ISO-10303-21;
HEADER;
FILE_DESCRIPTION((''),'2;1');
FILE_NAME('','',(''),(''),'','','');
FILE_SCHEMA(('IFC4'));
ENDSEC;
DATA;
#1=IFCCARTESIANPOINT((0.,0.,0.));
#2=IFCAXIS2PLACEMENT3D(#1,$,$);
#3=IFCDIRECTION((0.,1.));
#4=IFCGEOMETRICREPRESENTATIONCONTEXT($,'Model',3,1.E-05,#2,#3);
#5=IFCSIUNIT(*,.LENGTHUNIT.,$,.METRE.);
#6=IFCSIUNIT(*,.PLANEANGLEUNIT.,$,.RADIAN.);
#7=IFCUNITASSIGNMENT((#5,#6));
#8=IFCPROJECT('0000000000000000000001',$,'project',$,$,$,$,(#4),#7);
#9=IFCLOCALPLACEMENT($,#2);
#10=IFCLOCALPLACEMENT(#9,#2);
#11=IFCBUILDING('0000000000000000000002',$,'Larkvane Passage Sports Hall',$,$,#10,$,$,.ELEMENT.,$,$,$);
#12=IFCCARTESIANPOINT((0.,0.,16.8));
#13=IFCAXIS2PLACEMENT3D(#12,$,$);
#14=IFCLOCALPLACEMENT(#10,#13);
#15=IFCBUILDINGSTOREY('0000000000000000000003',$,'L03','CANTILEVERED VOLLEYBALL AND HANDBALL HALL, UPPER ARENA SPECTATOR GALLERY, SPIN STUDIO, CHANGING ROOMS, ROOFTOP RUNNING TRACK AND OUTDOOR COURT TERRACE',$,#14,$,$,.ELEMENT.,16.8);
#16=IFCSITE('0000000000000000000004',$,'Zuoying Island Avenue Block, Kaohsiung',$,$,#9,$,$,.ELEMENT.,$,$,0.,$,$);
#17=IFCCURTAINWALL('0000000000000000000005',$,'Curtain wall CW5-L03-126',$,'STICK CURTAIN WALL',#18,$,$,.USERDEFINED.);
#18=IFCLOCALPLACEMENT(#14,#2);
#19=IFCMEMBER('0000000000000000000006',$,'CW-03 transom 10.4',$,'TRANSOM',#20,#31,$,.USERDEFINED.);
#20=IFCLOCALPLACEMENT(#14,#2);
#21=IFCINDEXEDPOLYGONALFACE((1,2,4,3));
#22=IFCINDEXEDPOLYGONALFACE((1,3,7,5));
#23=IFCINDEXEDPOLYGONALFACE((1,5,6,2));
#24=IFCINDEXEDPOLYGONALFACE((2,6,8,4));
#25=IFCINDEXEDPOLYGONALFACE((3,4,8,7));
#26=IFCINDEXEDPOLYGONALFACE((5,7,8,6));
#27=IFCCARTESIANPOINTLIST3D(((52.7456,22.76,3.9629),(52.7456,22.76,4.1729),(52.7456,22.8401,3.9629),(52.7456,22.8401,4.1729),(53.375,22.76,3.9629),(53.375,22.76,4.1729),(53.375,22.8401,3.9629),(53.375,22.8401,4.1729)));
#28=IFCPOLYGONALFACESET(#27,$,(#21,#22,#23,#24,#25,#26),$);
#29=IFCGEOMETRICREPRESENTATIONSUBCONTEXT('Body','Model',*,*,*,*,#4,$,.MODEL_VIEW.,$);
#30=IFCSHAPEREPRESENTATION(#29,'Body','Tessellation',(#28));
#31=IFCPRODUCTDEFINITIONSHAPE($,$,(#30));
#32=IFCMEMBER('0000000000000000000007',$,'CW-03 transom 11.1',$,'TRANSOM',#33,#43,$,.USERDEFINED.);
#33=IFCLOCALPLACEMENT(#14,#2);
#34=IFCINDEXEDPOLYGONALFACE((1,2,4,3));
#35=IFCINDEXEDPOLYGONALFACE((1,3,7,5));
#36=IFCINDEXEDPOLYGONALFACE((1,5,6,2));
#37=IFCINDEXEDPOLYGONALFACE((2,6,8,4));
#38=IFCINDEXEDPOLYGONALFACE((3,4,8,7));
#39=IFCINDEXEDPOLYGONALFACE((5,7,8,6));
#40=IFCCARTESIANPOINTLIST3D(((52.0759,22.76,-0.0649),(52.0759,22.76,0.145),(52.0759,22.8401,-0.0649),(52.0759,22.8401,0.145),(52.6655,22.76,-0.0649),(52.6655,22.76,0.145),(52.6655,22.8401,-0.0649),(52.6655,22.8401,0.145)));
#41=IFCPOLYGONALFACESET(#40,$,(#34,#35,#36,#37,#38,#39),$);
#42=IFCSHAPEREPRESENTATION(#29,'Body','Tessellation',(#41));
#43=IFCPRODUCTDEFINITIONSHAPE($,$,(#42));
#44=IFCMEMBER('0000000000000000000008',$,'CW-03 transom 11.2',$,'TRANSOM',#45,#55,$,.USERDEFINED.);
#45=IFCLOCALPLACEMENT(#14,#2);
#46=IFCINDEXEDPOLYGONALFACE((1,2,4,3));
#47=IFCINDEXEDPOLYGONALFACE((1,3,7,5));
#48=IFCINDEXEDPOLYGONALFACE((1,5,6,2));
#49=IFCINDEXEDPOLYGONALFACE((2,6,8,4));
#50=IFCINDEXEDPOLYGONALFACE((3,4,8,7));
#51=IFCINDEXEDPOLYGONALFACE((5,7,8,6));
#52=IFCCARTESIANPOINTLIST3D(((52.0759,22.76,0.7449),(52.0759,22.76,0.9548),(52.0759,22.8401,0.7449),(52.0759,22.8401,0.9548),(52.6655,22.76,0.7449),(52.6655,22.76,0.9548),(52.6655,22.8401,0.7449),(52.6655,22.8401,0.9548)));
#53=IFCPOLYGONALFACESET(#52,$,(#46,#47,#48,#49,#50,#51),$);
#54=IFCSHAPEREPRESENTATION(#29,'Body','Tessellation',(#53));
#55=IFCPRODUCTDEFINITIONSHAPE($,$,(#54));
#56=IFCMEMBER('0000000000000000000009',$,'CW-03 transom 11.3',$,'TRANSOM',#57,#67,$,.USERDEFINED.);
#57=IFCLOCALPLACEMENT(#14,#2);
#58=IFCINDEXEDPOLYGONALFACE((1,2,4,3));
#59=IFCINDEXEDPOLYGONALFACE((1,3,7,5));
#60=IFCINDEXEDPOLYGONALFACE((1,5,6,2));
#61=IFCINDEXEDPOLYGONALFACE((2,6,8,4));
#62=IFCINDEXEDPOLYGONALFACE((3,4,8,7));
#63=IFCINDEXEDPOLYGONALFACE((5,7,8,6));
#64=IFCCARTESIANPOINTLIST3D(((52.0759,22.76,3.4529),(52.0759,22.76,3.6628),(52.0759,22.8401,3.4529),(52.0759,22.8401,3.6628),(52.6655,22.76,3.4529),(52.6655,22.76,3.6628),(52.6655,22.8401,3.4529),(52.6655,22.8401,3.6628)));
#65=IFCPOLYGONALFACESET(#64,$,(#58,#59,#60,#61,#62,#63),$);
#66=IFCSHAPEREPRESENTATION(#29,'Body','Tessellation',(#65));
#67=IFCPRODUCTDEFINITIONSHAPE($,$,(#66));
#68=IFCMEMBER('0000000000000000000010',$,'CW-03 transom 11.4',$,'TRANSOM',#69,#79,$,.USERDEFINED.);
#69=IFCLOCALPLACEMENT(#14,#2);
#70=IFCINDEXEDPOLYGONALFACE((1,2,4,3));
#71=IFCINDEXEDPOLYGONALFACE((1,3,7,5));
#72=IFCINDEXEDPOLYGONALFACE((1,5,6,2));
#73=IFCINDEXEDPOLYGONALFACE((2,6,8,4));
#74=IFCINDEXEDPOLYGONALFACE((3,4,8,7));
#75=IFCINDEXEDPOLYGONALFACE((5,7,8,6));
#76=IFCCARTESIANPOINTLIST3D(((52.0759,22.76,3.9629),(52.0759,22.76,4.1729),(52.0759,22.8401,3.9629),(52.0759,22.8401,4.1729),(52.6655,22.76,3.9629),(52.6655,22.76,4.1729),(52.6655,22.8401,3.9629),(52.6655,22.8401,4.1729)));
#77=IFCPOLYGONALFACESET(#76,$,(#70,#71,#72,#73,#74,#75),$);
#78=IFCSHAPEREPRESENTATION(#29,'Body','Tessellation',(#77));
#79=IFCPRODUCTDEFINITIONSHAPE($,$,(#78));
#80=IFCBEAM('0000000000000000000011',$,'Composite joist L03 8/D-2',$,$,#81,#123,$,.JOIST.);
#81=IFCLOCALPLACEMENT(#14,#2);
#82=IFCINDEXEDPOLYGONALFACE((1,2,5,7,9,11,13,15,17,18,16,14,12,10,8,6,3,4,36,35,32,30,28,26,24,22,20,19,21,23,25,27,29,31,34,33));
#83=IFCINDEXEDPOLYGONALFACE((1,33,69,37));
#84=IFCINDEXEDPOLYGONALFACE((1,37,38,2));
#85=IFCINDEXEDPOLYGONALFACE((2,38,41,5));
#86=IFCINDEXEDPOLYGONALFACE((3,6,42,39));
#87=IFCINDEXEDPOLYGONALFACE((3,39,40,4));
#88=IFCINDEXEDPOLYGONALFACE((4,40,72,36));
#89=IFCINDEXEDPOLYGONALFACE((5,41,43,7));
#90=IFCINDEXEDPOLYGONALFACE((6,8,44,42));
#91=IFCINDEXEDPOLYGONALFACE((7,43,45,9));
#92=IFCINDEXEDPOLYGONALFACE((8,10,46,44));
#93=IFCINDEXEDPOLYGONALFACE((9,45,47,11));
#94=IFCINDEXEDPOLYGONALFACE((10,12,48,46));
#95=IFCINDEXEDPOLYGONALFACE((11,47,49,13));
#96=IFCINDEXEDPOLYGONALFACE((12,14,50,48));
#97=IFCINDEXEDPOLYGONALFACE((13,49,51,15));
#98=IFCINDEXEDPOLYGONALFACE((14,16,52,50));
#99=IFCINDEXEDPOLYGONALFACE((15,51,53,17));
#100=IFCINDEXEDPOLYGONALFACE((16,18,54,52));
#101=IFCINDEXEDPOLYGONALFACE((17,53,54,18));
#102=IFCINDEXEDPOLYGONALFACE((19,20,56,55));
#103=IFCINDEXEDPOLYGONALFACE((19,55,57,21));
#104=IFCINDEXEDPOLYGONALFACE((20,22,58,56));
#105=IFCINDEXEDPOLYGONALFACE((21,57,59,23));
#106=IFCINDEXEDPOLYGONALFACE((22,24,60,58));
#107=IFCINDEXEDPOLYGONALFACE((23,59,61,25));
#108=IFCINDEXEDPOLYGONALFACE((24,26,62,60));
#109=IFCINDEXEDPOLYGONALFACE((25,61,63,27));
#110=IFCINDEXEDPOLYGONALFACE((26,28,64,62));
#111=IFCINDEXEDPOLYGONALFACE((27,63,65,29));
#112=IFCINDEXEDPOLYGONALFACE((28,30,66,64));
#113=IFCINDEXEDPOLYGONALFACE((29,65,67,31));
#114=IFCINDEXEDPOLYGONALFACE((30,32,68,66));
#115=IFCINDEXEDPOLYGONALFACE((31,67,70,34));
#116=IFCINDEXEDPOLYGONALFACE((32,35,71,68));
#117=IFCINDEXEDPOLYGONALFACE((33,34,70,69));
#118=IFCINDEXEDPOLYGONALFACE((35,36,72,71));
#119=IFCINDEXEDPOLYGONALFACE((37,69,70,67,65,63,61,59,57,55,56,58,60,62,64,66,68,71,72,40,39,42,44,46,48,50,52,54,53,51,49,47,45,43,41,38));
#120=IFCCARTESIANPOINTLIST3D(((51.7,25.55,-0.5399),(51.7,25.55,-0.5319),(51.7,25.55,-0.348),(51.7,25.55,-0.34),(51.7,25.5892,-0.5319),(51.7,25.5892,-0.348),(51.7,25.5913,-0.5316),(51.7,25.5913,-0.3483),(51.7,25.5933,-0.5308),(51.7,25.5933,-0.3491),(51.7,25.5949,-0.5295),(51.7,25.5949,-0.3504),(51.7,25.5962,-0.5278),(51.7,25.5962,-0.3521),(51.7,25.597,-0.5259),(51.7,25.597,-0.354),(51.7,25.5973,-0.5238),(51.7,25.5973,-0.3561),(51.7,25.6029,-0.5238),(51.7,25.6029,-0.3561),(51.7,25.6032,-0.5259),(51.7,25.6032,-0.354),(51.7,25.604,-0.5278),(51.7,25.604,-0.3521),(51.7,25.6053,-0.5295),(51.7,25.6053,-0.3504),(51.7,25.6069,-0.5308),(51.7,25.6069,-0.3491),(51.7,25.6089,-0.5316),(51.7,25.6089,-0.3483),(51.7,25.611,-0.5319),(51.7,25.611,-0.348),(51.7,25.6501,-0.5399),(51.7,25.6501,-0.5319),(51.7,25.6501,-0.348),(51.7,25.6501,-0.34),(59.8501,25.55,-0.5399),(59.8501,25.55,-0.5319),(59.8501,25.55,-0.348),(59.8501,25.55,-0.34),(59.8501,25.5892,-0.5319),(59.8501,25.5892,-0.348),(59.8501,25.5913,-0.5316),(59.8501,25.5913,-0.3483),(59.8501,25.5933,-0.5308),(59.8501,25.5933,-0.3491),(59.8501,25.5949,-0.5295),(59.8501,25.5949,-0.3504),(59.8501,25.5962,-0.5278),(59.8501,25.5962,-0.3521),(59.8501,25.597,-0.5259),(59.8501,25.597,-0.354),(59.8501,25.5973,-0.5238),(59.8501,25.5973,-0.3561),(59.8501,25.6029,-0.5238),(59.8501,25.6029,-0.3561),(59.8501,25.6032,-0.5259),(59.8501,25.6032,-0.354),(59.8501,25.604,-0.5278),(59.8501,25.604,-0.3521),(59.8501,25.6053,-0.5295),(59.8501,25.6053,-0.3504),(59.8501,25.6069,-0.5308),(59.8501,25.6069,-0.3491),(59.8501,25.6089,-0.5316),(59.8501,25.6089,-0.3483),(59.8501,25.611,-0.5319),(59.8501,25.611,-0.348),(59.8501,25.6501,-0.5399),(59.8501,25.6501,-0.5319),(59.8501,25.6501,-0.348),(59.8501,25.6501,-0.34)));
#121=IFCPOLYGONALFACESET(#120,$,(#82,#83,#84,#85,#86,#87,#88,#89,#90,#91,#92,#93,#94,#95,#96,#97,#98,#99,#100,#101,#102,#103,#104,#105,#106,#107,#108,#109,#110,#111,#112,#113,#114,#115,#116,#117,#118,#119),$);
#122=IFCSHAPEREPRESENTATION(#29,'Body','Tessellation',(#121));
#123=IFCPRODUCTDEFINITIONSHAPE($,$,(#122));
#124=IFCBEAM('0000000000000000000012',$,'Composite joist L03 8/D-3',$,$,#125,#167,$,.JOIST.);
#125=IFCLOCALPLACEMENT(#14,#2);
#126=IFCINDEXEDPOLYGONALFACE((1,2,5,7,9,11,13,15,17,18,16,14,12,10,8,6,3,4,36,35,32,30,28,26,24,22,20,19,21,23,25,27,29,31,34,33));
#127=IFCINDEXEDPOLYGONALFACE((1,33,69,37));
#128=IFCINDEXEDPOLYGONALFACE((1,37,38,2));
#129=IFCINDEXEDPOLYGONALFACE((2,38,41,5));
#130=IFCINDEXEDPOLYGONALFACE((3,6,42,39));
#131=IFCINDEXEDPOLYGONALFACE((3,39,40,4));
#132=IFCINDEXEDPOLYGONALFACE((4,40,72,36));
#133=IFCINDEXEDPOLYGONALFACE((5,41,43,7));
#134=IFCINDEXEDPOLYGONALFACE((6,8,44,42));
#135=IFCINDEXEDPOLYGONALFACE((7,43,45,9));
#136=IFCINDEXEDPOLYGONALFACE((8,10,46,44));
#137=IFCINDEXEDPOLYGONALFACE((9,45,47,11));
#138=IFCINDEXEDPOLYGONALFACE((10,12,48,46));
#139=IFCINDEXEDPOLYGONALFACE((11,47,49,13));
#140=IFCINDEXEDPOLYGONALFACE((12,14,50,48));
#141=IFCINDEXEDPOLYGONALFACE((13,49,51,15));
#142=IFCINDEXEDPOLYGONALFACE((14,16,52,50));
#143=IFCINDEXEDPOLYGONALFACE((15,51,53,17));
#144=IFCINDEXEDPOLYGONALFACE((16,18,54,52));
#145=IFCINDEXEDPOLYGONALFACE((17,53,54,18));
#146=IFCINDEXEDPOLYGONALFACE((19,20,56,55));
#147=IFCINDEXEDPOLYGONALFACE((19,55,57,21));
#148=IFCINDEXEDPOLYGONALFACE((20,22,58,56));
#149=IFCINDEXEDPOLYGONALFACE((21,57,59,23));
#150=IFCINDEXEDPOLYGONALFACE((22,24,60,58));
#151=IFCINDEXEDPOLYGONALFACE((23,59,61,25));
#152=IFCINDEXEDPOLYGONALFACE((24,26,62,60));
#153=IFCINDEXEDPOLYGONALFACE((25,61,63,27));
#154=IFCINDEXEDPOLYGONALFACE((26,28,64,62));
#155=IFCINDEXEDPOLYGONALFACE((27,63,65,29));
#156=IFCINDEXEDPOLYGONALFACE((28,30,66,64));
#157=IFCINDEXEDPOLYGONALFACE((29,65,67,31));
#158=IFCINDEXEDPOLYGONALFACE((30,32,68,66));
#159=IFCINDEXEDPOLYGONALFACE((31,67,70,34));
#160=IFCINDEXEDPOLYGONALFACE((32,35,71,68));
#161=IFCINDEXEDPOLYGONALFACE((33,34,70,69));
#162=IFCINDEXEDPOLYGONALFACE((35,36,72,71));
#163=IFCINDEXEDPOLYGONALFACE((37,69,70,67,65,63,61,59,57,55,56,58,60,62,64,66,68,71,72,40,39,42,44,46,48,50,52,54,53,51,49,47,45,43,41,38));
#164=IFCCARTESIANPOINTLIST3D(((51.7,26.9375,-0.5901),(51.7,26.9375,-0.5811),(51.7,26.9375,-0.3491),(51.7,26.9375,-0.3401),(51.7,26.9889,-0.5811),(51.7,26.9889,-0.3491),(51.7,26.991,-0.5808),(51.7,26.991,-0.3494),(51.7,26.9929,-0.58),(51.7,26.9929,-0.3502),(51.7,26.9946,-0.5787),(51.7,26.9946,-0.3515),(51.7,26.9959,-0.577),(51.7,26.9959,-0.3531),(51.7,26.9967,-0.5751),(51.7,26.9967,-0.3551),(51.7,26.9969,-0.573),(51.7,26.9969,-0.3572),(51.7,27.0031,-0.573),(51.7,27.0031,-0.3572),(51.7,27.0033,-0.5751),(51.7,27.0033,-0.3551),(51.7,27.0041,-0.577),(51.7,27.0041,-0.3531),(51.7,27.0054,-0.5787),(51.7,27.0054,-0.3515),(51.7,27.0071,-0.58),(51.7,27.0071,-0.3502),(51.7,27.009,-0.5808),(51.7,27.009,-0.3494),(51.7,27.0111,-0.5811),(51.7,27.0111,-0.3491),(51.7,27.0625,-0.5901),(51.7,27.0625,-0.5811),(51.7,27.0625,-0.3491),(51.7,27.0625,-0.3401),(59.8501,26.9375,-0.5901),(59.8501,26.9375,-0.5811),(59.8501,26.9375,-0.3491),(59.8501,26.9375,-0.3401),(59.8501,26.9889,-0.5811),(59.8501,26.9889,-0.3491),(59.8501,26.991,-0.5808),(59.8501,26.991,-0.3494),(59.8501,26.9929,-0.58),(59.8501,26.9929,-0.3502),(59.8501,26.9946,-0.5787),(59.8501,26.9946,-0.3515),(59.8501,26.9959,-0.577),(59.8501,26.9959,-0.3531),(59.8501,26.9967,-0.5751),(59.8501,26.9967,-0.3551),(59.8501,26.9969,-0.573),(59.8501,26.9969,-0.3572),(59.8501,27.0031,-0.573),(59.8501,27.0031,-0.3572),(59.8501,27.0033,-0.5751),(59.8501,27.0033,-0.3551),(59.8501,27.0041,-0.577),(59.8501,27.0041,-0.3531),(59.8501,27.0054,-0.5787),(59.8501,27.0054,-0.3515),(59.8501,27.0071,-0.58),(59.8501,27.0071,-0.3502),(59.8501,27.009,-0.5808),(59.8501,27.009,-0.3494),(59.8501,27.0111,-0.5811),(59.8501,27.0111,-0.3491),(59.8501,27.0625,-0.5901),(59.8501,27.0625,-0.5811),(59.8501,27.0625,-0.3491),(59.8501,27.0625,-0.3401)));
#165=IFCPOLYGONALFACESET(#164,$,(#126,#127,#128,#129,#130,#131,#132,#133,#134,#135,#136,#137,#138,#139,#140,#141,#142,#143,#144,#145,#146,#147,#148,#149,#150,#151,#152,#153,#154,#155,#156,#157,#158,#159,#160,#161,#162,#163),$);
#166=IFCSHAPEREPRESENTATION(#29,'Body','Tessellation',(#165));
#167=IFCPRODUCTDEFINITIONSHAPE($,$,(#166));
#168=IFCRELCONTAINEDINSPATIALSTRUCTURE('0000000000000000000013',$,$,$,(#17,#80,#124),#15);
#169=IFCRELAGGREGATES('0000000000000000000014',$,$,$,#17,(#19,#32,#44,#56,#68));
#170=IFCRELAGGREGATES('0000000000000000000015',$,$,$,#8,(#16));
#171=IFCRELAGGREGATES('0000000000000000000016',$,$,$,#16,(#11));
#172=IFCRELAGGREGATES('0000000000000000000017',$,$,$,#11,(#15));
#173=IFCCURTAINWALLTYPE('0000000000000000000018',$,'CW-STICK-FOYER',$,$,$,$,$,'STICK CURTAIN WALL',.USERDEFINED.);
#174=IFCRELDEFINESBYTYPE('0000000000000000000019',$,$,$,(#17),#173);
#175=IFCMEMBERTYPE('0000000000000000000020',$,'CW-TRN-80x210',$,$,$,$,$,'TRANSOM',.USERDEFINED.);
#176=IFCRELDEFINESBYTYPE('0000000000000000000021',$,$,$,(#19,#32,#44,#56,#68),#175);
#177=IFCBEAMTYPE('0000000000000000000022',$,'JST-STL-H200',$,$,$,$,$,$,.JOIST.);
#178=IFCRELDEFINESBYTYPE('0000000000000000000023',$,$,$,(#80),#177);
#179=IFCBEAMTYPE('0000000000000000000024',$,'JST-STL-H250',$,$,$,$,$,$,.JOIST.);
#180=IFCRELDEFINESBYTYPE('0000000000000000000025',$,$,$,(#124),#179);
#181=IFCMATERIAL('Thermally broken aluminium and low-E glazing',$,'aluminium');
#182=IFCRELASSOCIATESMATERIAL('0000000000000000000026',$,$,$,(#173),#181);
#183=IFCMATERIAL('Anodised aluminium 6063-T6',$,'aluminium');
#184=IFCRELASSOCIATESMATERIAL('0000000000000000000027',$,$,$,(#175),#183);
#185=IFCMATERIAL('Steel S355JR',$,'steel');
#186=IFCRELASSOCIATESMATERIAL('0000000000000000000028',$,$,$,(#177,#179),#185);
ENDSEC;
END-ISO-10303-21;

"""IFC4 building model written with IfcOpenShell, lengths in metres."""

from ifc_helpers import new_model, si_unit, direction, frame, origin, origin_2d, place, context, subcontext, project, spatial, rectangle, i_section, extrude, material, material_profile, profile_set, type_object, element, aggregate, save


model = new_model("IFC4")

# Units and contexts
model_context = context("Model", 3, precision=1e-05, world=origin(), true_north=direction((0.0, 1.0)))
body_context = subcontext(model_context, "Body", "Model", "MODEL_VIEW")
ifc_project = project(units=[si_unit("LENGTHUNIT", "METRE"), si_unit("PLANEANGLEUNIT", "RADIAN")], contexts=[model_context])

# Site, building, storey
site_placement = place(None, origin())
site = spatial("IfcSite", under=ifc_project, at=site_placement, Name="Zuoying Island Avenue Block, Kaohsiung", CompositionType="ELEMENT", RefElevation=0.0)
building_placement = place(site_placement, origin())
building = spatial("IfcBuilding", under=site, at=building_placement, Name="Larkvane Passage Sports Hall", CompositionType="ELEMENT")
storey_placement = place(building_placement, frame((0.0, 0.0, 16.8)))
storey = spatial("IfcBuildingStorey", under=building, at=storey_placement, Name="L03", Description="CANTILEVERED VOLLEYBALL AND HANDBALL HALL, UPPER ARENA SPECTATOR GALLERY, SPIN STUDIO, CHANGING ROOMS, ROOFTOP RUNNING TRACK AND OUTDOOR COURT TERRACE", CompositionType="ELEMENT", Elevation=16.8)

# Shared definitions
ifc_material_1 = material(Name="Steel S355JR", Category="steel")

# Curtain wall, members
ifc_material_2 = material(Name="Thermally broken aluminium and low-E glazing", Category="aluminium")
curtain_wall_type = type_object("IfcCurtainWallType", Name="CW-STICK-FOYER", ElementType="STICK CURTAIN WALL", PredefinedType="USERDEFINED", material=ifc_material_2)
curtain_wall_placement = place(storey_placement, origin())
curtain_wall = element("IfcCurtainWall", 1, at=curtain_wall_placement, inside=storey, type_object=curtain_wall_type, Name="Curtain wall CW5-L03-126", ObjectType="STICK CURTAIN WALL", PredefinedType="USERDEFINED")
ifc_material_3 = material(Name="Anodised aluminium 6063-T6", Category="aluminium")
ifc_material_profile_1 = material_profile(ifc_material_3, rectangle(XDim=0.0801, YDim=0.21, at=origin_2d()), Name="ALU-TRN-80x210")
ifc_profile_set_1 = profile_set([ifc_material_profile_1], Name="Anodised aluminium 6063-T6")
member_type_1 = type_object("IfcMemberType", Name="CW-TRN-80x210", ElementType="TRANSOM", PredefinedType="USERDEFINED", material=ifc_profile_set_1)
member_1_placement = place(storey_placement, frame((53.375, 22.8, 4.0679), z_axis=(-1.0, 0.0, 0.0), x_axis=(0.0, -1.0, 0.0)))
member_1 = element("IfcMember", 2, at=member_1_placement, type_object=member_type_1, Name="CW-03 transom 10.4", ObjectType="TRANSOM", PredefinedType="USERDEFINED", context=body_context, shape_type="SweptSolid", body=[
    extrude(rectangle(XDim=0.0801, YDim=0.21, at=origin_2d()), origin(), (0.0, 0.0, 1.0), 0.6294),
])
member_2_placement = place(storey_placement, frame((52.6655, 22.8, 0.04), z_axis=(-1.0, 0.0, 0.0), x_axis=(0.0, -1.0, 0.0)))
member_2 = element("IfcMember", 3, at=member_2_placement, type_object=member_type_1, Name="CW-03 transom 11.1", ObjectType="TRANSOM", PredefinedType="USERDEFINED", context=body_context, shape_type="SweptSolid", body=[
    extrude(rectangle(XDim=0.0801, YDim=0.21, at=origin_2d()), origin(), (0.0, 0.0, 1.0), 0.5896),
])
member_3_placement = place(storey_placement, frame((52.6655, 22.8, 0.8499), z_axis=(-1.0, 0.0, 0.0), x_axis=(0.0, -1.0, 0.0)))
member_3 = element("IfcMember", 4, at=member_3_placement, type_object=member_type_1, Name="CW-03 transom 11.2", ObjectType="TRANSOM", PredefinedType="USERDEFINED", context=body_context, shape_type="SweptSolid", body=[
    extrude(rectangle(XDim=0.0801, YDim=0.21, at=origin_2d()), origin(), (0.0, 0.0, 1.0), 0.5896),
])
member_4_placement = place(storey_placement, frame((52.6655, 22.8, 3.5579), z_axis=(-1.0, 0.0, 0.0), x_axis=(0.0, -1.0, 0.0)))
member_4 = element("IfcMember", 5, at=member_4_placement, type_object=member_type_1, Name="CW-03 transom 11.3", ObjectType="TRANSOM", PredefinedType="USERDEFINED", context=body_context, shape_type="SweptSolid", body=[
    extrude(rectangle(XDim=0.0801, YDim=0.21, at=origin_2d()), origin(), (0.0, 0.0, 1.0), 0.5896),
])
member_5_placement = place(storey_placement, frame((52.6655, 22.8, 4.0679), z_axis=(-1.0, 0.0, 0.0), x_axis=(0.0, -1.0, 0.0)))
member_5 = element("IfcMember", 6, at=member_5_placement, type_object=member_type_1, Name="CW-03 transom 11.4", ObjectType="TRANSOM", PredefinedType="USERDEFINED", context=body_context, shape_type="SweptSolid", body=[
    extrude(rectangle(XDim=0.0801, YDim=0.21, at=origin_2d()), origin(), (0.0, 0.0, 1.0), 0.5896),
])

# Beams
ifc_material_profile_2 = material_profile(ifc_material_1, i_section(OverallWidth=0.1001, OverallDepth=0.2, WebThickness=0.0056, FlangeThickness=0.0081, FilletRadius=0.0081, at=origin_2d()), Name="H-200x100x5.5x8")
ifc_profile_set_2 = profile_set([ifc_material_profile_2], Name="Steel S355JR")
beam_type_1 = type_object("IfcBeamType", Name="JST-STL-H200", PredefinedType="JOIST", material=ifc_profile_set_2)
beam_1_placement = place(storey_placement, frame((51.7, 25.6001, -0.4399), z_axis=(1.0, 0.0, 0.0), x_axis=(0.0, 1.0, 0.0)))
element("IfcBeam", 7, at=beam_1_placement, inside=storey, type_object=beam_type_1, Name="Composite joist L03 8/D-2", PredefinedType="JOIST", context=body_context, shape_type="SweptSolid", body=[
    extrude(i_section(OverallWidth=0.1001, OverallDepth=0.2, WebThickness=0.0056, FlangeThickness=0.0081, FilletRadius=0.0081, at=origin_2d()), origin(), (0.0, 0.0, 1.0), 8.1501),
])
ifc_material_profile_3 = material_profile(ifc_material_1, i_section(OverallWidth=0.125, OverallDepth=0.25, WebThickness=0.0061, FlangeThickness=0.009, FilletRadius=0.0081, at=origin_2d()), Name="H-250x125x6x9")
ifc_profile_set_3 = profile_set([ifc_material_profile_3], Name="Steel S355JR")
beam_type_2 = type_object("IfcBeamType", Name="JST-STL-H250", PredefinedType="JOIST", material=ifc_profile_set_3)
beam_2_placement = place(storey_placement, frame((51.7, 27.0, -0.4651), z_axis=(1.0, 0.0, 0.0), x_axis=(0.0, 1.0, 0.0)))
element("IfcBeam", 8, at=beam_2_placement, inside=storey, type_object=beam_type_2, Name="Composite joist L03 8/D-3", PredefinedType="JOIST", context=body_context, shape_type="SweptSolid", body=[
    extrude(i_section(OverallWidth=0.125, OverallDepth=0.25, WebThickness=0.0061, FlangeThickness=0.009, FilletRadius=0.0081, at=origin_2d()), origin(), (0.0, 0.0, 1.0), 8.1501),
])

aggregate(curtain_wall, [member_1, member_2, member_3, member_4, member_5])

save(model, "model.ifc")
